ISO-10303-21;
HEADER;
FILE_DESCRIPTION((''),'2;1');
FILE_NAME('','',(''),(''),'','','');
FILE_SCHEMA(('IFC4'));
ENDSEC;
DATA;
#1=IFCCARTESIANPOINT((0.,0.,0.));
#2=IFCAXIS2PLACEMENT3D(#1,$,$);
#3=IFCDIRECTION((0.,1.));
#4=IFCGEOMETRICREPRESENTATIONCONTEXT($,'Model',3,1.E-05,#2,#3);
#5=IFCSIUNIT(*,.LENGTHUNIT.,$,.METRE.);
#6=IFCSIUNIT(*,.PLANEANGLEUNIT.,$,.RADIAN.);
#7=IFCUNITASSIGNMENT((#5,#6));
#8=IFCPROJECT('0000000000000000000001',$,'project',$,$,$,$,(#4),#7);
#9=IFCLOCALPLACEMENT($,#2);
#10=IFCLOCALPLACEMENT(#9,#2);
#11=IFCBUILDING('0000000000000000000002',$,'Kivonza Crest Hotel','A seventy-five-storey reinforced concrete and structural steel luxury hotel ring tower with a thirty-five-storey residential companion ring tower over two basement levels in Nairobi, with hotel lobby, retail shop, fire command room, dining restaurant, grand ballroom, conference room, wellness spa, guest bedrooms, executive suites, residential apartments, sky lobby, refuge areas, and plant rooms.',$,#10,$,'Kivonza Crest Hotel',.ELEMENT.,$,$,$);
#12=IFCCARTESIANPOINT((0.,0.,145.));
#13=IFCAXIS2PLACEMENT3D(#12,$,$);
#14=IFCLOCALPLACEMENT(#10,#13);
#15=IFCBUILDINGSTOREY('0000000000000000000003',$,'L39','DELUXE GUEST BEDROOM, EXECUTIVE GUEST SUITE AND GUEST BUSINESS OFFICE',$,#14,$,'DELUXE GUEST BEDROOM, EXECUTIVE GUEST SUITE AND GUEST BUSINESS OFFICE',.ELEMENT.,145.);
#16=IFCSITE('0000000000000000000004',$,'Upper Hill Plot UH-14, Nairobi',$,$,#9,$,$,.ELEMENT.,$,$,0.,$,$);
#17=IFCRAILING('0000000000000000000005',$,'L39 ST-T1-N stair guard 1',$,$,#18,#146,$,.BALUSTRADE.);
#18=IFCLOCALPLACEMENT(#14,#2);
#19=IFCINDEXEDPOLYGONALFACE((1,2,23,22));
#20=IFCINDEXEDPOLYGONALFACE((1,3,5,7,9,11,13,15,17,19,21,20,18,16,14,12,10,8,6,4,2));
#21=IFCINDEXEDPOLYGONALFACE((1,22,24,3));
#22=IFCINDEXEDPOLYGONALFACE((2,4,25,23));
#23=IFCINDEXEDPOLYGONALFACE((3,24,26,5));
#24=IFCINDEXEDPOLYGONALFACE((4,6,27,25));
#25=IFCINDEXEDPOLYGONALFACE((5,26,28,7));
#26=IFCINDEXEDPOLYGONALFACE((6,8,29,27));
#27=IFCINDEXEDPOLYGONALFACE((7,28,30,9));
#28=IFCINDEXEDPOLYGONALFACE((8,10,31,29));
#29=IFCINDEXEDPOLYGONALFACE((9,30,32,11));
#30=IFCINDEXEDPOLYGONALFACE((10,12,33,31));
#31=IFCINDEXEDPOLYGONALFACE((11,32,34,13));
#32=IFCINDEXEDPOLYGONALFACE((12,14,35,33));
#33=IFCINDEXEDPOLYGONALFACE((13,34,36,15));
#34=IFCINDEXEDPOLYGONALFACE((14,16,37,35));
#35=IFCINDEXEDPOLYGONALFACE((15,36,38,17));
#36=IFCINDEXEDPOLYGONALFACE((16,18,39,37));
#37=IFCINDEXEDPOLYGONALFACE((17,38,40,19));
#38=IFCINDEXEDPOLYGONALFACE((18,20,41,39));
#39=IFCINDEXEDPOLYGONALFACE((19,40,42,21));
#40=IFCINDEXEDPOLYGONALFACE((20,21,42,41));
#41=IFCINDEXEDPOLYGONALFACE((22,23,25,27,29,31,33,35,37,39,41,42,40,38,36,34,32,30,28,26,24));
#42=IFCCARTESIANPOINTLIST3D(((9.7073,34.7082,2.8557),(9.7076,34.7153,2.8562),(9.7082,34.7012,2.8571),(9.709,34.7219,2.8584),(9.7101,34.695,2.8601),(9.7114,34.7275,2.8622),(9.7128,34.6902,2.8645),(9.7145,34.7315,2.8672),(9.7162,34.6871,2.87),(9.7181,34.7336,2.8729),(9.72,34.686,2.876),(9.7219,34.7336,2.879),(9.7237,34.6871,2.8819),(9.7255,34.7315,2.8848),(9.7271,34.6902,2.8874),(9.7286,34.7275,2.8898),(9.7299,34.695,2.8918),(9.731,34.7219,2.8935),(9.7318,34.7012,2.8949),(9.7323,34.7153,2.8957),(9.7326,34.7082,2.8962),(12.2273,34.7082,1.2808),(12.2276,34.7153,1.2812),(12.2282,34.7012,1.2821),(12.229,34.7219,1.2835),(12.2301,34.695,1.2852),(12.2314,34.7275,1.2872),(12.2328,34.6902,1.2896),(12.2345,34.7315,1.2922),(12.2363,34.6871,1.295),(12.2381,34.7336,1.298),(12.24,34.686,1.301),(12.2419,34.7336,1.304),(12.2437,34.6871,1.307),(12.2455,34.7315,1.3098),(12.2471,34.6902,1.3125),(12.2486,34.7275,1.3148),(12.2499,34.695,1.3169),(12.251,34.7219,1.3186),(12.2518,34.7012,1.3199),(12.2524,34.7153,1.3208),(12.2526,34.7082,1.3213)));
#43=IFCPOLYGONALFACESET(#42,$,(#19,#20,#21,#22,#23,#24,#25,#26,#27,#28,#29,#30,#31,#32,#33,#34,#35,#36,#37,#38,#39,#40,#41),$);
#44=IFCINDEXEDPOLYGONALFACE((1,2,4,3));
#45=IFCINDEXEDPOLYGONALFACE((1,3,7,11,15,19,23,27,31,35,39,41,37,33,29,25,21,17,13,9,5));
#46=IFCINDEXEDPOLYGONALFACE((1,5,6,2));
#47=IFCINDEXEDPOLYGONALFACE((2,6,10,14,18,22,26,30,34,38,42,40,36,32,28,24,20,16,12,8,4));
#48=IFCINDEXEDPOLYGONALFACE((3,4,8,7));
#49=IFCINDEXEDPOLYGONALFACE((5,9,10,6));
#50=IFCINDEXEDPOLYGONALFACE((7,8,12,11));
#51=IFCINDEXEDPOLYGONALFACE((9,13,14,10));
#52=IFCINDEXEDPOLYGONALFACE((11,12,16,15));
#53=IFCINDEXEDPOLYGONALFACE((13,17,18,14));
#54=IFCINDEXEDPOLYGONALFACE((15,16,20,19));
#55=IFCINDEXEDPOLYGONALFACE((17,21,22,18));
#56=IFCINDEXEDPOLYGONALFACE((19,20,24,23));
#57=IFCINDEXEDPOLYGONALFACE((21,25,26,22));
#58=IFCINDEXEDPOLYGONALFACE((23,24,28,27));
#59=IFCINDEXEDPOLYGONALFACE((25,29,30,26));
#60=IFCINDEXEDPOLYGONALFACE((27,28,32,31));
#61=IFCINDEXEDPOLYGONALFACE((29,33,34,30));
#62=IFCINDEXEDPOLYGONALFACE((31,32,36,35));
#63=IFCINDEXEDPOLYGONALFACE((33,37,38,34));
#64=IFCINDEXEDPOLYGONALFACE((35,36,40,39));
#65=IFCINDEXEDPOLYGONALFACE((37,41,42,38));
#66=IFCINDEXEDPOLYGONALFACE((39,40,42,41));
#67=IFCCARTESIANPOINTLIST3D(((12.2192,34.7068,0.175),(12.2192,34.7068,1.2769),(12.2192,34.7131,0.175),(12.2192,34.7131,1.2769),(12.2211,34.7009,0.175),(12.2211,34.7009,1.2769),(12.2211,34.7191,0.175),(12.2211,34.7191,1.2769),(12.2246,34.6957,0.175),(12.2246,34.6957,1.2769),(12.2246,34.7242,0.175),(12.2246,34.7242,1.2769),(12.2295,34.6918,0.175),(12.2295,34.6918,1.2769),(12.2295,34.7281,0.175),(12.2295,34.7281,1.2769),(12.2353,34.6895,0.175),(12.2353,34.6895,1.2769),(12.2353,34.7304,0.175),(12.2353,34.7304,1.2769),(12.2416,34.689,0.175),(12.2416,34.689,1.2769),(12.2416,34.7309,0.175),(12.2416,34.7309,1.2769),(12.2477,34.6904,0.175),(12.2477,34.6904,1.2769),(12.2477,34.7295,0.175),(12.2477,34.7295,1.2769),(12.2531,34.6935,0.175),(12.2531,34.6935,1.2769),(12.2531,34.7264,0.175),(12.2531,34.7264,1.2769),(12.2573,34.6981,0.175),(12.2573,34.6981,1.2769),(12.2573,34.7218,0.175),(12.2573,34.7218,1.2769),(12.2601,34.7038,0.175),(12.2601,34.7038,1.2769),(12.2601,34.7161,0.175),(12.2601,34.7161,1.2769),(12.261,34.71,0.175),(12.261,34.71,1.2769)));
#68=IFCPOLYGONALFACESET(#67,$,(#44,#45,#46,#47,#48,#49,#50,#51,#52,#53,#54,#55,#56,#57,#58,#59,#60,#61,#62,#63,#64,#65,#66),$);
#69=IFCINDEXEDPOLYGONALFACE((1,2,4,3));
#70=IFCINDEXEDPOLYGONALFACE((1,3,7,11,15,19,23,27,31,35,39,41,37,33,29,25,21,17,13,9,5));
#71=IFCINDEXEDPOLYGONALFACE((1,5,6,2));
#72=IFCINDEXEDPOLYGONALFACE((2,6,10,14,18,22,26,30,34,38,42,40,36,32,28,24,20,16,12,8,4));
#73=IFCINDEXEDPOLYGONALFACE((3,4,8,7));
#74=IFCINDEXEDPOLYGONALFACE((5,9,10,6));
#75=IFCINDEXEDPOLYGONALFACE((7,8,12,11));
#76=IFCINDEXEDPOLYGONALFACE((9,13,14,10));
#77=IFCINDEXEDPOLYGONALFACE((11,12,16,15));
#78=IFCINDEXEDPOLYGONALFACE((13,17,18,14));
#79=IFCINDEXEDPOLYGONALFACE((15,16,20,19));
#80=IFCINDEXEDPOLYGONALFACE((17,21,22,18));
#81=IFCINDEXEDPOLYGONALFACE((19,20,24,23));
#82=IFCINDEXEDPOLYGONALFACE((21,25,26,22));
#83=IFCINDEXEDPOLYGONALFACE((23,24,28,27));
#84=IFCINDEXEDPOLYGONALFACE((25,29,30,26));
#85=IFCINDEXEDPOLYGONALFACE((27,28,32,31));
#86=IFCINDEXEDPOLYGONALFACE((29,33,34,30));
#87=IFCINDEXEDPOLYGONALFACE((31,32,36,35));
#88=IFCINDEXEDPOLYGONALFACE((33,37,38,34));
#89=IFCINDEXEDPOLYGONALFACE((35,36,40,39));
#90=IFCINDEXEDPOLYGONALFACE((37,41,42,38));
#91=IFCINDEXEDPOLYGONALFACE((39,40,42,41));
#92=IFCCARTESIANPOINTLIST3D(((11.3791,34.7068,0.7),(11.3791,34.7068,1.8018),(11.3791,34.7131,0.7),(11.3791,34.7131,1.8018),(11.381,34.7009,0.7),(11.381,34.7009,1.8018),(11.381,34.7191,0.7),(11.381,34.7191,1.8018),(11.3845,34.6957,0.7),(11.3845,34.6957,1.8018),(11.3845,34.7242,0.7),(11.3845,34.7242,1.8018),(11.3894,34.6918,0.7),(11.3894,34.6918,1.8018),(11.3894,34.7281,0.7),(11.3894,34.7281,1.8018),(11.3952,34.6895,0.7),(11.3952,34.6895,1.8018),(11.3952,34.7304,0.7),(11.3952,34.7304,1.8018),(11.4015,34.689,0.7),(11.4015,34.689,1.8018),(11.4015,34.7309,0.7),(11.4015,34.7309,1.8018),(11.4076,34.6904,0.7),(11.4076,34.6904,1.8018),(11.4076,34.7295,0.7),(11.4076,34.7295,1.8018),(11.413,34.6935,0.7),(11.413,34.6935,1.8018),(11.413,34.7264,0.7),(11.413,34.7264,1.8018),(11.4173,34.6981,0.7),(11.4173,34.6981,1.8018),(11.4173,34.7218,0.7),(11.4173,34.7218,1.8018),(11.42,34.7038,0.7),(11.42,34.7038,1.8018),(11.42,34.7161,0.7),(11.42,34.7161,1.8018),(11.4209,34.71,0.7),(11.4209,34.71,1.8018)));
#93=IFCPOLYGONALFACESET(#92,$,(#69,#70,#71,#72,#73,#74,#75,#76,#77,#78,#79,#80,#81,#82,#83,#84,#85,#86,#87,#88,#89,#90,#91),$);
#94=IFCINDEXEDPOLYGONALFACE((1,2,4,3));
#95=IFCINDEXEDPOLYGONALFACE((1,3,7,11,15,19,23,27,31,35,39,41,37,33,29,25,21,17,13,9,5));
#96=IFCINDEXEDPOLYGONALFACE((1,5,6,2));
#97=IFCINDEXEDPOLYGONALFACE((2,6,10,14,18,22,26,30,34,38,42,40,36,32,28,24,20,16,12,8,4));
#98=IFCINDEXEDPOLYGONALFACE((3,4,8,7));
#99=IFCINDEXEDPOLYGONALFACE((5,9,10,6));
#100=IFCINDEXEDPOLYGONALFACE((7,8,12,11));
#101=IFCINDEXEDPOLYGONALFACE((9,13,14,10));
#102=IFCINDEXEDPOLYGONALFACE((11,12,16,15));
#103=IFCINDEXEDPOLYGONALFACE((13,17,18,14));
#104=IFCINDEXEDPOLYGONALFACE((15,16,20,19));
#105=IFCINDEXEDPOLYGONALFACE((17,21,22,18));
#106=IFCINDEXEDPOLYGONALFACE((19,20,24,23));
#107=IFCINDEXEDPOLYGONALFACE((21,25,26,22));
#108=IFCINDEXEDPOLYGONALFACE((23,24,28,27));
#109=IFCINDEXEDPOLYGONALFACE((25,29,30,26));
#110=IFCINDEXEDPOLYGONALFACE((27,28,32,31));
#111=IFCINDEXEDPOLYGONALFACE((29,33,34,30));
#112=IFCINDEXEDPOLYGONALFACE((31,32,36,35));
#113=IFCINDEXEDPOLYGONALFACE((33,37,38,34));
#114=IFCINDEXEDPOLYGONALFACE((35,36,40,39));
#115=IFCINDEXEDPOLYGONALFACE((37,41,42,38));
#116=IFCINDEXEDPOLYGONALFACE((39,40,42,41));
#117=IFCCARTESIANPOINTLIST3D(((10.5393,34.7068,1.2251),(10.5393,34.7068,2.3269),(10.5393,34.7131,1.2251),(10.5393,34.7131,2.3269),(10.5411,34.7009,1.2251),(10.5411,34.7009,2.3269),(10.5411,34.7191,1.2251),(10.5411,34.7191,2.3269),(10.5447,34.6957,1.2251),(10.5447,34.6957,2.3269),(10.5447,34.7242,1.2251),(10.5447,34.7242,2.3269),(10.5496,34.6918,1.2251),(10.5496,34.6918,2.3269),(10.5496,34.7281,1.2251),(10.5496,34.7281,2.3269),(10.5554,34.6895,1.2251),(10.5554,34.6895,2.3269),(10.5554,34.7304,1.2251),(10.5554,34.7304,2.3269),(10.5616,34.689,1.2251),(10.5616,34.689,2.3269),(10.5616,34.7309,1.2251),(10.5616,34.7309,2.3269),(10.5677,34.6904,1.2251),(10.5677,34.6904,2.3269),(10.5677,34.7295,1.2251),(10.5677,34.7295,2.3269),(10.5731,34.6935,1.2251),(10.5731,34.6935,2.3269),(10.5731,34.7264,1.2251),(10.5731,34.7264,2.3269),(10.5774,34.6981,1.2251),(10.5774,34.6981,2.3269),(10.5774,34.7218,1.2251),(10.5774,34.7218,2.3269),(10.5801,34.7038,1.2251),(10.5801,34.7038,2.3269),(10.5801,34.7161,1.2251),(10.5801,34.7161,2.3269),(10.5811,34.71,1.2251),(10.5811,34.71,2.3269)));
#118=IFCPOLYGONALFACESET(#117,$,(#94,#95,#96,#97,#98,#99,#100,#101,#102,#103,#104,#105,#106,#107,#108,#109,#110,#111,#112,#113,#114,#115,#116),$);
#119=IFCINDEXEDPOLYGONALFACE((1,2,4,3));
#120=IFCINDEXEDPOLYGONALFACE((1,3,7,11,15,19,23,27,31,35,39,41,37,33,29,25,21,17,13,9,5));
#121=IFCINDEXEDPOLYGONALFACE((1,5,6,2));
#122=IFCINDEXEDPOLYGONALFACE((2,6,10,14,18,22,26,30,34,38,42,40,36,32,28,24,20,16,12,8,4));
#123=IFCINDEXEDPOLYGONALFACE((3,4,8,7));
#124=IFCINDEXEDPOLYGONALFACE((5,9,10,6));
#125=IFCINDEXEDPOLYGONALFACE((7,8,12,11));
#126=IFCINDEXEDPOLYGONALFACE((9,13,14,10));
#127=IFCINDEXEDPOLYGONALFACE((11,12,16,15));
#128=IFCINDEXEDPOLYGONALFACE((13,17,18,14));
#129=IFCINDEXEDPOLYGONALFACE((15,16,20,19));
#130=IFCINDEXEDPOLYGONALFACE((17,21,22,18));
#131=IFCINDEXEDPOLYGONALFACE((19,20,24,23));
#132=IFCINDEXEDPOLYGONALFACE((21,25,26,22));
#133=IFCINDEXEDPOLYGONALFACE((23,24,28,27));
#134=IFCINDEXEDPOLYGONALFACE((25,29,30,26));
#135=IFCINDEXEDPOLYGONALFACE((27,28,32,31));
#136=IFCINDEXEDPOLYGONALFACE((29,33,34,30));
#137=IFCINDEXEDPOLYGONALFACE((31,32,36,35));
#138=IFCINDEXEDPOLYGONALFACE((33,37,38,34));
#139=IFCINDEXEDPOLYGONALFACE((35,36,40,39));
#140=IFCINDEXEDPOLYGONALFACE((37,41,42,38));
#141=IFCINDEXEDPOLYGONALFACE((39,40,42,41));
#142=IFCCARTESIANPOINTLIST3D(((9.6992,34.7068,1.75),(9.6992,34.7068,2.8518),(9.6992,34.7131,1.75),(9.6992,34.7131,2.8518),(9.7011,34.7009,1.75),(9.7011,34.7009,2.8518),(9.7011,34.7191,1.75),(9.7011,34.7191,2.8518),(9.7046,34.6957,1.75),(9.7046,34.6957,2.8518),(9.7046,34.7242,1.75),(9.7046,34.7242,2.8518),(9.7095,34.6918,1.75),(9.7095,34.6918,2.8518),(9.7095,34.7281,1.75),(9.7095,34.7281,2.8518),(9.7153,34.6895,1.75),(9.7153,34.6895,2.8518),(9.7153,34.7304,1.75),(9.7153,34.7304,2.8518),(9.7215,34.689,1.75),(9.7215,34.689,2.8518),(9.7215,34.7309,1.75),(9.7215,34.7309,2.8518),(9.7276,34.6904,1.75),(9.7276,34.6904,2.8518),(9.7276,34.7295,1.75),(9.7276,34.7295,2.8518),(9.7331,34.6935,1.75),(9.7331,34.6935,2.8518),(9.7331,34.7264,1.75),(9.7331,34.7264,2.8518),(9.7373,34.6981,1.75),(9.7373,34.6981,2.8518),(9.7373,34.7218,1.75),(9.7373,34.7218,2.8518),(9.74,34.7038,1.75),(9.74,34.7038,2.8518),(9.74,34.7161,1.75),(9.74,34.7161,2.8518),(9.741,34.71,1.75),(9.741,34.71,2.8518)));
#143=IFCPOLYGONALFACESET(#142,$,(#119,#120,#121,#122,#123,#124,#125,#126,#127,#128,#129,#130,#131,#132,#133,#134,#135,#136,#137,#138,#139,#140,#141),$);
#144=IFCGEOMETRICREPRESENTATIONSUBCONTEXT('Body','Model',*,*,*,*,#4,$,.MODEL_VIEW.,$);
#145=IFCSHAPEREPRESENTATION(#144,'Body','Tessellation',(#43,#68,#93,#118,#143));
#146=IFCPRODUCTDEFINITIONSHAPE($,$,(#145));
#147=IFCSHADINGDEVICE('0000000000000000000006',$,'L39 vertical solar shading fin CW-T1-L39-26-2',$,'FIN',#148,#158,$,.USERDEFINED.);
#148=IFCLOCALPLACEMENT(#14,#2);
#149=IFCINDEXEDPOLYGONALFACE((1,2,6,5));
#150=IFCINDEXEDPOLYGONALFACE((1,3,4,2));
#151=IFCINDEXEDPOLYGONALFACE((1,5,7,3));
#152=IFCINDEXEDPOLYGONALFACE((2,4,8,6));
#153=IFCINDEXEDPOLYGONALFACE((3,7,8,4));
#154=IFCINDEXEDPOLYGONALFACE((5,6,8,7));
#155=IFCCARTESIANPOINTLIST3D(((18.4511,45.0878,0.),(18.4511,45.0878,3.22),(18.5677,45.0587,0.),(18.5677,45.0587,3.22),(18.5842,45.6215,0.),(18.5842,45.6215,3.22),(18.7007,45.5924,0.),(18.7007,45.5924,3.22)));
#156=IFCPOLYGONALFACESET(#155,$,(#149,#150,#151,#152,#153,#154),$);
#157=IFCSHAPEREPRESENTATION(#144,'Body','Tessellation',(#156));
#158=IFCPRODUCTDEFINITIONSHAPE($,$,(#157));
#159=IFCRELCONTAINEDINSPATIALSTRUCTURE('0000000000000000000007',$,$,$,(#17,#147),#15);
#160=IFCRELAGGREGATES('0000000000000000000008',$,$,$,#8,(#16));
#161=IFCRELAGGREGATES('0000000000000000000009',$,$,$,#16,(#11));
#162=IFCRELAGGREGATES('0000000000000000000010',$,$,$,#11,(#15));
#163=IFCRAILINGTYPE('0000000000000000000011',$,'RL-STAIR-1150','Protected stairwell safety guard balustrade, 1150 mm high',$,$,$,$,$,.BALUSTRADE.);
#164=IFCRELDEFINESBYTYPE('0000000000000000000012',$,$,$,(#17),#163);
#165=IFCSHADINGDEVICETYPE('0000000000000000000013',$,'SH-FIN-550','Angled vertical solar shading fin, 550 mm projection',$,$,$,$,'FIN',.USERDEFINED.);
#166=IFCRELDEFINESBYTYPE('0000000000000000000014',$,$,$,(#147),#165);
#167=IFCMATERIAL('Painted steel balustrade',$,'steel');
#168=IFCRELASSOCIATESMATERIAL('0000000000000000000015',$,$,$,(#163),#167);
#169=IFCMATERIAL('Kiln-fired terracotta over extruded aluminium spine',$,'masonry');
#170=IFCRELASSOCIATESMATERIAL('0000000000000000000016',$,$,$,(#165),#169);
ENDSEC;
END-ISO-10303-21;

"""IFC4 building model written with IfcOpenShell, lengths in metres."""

from ifc_helpers import new_model, si_unit, direction, frame, origin, origin_2d, place, context, subcontext, project, spatial, rectangle, circle, extrude, material, type_object, element, save


model = new_model("IFC4")

# Units and contexts
model_context = context("Model", 3, precision=1e-05, world=origin(), true_north=direction((0.0, 1.0)))
body_context = subcontext(model_context, "Body", "Model", "MODEL_VIEW")
ifc_project = project(units=[si_unit("LENGTHUNIT", "METRE"), si_unit("PLANEANGLEUNIT", "RADIAN")], contexts=[model_context])

# Site, building, storey
site_placement = place(None, origin())
site = spatial("IfcSite", under=ifc_project, at=site_placement, Name="Upper Hill Plot UH-14, Nairobi", CompositionType="ELEMENT", RefElevation=0.0)
building_placement = place(site_placement, origin())
building = spatial("IfcBuilding", under=site, at=building_placement, Name="Kivonza Crest Hotel", Description="A seventy-five-storey reinforced concrete and structural steel luxury hotel ring tower with a thirty-five-storey residential companion ring tower over two basement levels in Nairobi, with hotel lobby, retail shop, fire command room, dining restaurant, grand ballroom, conference room, wellness spa, guest bedrooms, executive suites, residential apartments, sky lobby, refuge areas, and plant rooms.", LongName="Kivonza Crest Hotel", CompositionType="ELEMENT")
storey_placement = place(building_placement, frame((0.0, 0.0, 145.0)))
storey = spatial("IfcBuildingStorey", under=building, at=storey_placement, Name="L39", Description="DELUXE GUEST BEDROOM, EXECUTIVE GUEST SUITE AND GUEST BUSINESS OFFICE", LongName="DELUXE GUEST BEDROOM, EXECUTIVE GUEST SUITE AND GUEST BUSINESS OFFICE", CompositionType="ELEMENT", Elevation=145.0)

# Railing
ifc_material_1 = material(Name="Painted steel balustrade", Category="steel")
railing_type_1 = type_object("IfcRailingType", Name="RL-STAIR-1150", Description="Protected stairwell safety guard balustrade, 1150 mm high", PredefinedType="BALUSTRADE", material=ifc_material_1)
railing_1_placement = place(storey_placement, frame((12.24, 34.71, 0.175)))
element("IfcRailing", 1, at=railing_1_placement, inside=storey, type_object=railing_type_1, Name="L39 ST-T1-N stair guard 1", PredefinedType="BALUSTRADE", context=body_context, shape_type="SweptSolid", body=[
    extrude(circle(Radius=0.0239, at=origin_2d()), frame((0.0, 0.0, 1.126), z_axis=(-0.848008, 0.0, 0.529984), x_axis=(0.0, -1.0, 0.0)), (0.0, 0.0, 1.0), 2.9717),
    extrude(circle(Radius=0.021, at=origin_2d()), origin(), (0.0, 0.0, 1.0), 1.1018),
    extrude(circle(Radius=0.021, at=origin_2d()), frame((-0.8401, 0.0, 0.5249)), (0.0, 0.0, 1.0), 1.1018),
    extrude(circle(Radius=0.021, at=origin_2d()), frame((-1.6799, 0.0, 1.05)), (0.0, 0.0, 1.0), 1.1018),
    extrude(circle(Radius=0.021, at=origin_2d()), frame((-2.52, 0.0, 1.575)), (0.0, 0.0, 1.0), 1.1018),
])

# Shading device
ifc_material_2 = material(Name="Kiln-fired terracotta over extruded aluminium spine", Category="masonry")
shading_device_type = type_object("IfcShadingDeviceType", Name="SH-FIN-550", Description="Angled vertical solar shading fin, 550 mm projection", ElementType="FIN", PredefinedType="USERDEFINED", material=ifc_material_2)
shading_device_placement = place(storey_placement, frame((18.5759, 45.3401, 0.0), z_axis=(0.0, 0.0, 1.0), x_axis=(-0.970296, 0.241922, 0.0)))
element("IfcShadingDevice", 2, at=shading_device_placement, inside=storey, type_object=shading_device_type, Name="L39 vertical solar shading fin CW-T1-L39-26-2", ObjectType="FIN", PredefinedType="USERDEFINED", context=body_context, shape_type="SweptSolid", body=[
    extrude(rectangle(XDim=0.1201, YDim=0.55, at=origin_2d()), origin(), (0.0, 0.0, 1.0), 3.22),
])

save(model, "model.ifc")
